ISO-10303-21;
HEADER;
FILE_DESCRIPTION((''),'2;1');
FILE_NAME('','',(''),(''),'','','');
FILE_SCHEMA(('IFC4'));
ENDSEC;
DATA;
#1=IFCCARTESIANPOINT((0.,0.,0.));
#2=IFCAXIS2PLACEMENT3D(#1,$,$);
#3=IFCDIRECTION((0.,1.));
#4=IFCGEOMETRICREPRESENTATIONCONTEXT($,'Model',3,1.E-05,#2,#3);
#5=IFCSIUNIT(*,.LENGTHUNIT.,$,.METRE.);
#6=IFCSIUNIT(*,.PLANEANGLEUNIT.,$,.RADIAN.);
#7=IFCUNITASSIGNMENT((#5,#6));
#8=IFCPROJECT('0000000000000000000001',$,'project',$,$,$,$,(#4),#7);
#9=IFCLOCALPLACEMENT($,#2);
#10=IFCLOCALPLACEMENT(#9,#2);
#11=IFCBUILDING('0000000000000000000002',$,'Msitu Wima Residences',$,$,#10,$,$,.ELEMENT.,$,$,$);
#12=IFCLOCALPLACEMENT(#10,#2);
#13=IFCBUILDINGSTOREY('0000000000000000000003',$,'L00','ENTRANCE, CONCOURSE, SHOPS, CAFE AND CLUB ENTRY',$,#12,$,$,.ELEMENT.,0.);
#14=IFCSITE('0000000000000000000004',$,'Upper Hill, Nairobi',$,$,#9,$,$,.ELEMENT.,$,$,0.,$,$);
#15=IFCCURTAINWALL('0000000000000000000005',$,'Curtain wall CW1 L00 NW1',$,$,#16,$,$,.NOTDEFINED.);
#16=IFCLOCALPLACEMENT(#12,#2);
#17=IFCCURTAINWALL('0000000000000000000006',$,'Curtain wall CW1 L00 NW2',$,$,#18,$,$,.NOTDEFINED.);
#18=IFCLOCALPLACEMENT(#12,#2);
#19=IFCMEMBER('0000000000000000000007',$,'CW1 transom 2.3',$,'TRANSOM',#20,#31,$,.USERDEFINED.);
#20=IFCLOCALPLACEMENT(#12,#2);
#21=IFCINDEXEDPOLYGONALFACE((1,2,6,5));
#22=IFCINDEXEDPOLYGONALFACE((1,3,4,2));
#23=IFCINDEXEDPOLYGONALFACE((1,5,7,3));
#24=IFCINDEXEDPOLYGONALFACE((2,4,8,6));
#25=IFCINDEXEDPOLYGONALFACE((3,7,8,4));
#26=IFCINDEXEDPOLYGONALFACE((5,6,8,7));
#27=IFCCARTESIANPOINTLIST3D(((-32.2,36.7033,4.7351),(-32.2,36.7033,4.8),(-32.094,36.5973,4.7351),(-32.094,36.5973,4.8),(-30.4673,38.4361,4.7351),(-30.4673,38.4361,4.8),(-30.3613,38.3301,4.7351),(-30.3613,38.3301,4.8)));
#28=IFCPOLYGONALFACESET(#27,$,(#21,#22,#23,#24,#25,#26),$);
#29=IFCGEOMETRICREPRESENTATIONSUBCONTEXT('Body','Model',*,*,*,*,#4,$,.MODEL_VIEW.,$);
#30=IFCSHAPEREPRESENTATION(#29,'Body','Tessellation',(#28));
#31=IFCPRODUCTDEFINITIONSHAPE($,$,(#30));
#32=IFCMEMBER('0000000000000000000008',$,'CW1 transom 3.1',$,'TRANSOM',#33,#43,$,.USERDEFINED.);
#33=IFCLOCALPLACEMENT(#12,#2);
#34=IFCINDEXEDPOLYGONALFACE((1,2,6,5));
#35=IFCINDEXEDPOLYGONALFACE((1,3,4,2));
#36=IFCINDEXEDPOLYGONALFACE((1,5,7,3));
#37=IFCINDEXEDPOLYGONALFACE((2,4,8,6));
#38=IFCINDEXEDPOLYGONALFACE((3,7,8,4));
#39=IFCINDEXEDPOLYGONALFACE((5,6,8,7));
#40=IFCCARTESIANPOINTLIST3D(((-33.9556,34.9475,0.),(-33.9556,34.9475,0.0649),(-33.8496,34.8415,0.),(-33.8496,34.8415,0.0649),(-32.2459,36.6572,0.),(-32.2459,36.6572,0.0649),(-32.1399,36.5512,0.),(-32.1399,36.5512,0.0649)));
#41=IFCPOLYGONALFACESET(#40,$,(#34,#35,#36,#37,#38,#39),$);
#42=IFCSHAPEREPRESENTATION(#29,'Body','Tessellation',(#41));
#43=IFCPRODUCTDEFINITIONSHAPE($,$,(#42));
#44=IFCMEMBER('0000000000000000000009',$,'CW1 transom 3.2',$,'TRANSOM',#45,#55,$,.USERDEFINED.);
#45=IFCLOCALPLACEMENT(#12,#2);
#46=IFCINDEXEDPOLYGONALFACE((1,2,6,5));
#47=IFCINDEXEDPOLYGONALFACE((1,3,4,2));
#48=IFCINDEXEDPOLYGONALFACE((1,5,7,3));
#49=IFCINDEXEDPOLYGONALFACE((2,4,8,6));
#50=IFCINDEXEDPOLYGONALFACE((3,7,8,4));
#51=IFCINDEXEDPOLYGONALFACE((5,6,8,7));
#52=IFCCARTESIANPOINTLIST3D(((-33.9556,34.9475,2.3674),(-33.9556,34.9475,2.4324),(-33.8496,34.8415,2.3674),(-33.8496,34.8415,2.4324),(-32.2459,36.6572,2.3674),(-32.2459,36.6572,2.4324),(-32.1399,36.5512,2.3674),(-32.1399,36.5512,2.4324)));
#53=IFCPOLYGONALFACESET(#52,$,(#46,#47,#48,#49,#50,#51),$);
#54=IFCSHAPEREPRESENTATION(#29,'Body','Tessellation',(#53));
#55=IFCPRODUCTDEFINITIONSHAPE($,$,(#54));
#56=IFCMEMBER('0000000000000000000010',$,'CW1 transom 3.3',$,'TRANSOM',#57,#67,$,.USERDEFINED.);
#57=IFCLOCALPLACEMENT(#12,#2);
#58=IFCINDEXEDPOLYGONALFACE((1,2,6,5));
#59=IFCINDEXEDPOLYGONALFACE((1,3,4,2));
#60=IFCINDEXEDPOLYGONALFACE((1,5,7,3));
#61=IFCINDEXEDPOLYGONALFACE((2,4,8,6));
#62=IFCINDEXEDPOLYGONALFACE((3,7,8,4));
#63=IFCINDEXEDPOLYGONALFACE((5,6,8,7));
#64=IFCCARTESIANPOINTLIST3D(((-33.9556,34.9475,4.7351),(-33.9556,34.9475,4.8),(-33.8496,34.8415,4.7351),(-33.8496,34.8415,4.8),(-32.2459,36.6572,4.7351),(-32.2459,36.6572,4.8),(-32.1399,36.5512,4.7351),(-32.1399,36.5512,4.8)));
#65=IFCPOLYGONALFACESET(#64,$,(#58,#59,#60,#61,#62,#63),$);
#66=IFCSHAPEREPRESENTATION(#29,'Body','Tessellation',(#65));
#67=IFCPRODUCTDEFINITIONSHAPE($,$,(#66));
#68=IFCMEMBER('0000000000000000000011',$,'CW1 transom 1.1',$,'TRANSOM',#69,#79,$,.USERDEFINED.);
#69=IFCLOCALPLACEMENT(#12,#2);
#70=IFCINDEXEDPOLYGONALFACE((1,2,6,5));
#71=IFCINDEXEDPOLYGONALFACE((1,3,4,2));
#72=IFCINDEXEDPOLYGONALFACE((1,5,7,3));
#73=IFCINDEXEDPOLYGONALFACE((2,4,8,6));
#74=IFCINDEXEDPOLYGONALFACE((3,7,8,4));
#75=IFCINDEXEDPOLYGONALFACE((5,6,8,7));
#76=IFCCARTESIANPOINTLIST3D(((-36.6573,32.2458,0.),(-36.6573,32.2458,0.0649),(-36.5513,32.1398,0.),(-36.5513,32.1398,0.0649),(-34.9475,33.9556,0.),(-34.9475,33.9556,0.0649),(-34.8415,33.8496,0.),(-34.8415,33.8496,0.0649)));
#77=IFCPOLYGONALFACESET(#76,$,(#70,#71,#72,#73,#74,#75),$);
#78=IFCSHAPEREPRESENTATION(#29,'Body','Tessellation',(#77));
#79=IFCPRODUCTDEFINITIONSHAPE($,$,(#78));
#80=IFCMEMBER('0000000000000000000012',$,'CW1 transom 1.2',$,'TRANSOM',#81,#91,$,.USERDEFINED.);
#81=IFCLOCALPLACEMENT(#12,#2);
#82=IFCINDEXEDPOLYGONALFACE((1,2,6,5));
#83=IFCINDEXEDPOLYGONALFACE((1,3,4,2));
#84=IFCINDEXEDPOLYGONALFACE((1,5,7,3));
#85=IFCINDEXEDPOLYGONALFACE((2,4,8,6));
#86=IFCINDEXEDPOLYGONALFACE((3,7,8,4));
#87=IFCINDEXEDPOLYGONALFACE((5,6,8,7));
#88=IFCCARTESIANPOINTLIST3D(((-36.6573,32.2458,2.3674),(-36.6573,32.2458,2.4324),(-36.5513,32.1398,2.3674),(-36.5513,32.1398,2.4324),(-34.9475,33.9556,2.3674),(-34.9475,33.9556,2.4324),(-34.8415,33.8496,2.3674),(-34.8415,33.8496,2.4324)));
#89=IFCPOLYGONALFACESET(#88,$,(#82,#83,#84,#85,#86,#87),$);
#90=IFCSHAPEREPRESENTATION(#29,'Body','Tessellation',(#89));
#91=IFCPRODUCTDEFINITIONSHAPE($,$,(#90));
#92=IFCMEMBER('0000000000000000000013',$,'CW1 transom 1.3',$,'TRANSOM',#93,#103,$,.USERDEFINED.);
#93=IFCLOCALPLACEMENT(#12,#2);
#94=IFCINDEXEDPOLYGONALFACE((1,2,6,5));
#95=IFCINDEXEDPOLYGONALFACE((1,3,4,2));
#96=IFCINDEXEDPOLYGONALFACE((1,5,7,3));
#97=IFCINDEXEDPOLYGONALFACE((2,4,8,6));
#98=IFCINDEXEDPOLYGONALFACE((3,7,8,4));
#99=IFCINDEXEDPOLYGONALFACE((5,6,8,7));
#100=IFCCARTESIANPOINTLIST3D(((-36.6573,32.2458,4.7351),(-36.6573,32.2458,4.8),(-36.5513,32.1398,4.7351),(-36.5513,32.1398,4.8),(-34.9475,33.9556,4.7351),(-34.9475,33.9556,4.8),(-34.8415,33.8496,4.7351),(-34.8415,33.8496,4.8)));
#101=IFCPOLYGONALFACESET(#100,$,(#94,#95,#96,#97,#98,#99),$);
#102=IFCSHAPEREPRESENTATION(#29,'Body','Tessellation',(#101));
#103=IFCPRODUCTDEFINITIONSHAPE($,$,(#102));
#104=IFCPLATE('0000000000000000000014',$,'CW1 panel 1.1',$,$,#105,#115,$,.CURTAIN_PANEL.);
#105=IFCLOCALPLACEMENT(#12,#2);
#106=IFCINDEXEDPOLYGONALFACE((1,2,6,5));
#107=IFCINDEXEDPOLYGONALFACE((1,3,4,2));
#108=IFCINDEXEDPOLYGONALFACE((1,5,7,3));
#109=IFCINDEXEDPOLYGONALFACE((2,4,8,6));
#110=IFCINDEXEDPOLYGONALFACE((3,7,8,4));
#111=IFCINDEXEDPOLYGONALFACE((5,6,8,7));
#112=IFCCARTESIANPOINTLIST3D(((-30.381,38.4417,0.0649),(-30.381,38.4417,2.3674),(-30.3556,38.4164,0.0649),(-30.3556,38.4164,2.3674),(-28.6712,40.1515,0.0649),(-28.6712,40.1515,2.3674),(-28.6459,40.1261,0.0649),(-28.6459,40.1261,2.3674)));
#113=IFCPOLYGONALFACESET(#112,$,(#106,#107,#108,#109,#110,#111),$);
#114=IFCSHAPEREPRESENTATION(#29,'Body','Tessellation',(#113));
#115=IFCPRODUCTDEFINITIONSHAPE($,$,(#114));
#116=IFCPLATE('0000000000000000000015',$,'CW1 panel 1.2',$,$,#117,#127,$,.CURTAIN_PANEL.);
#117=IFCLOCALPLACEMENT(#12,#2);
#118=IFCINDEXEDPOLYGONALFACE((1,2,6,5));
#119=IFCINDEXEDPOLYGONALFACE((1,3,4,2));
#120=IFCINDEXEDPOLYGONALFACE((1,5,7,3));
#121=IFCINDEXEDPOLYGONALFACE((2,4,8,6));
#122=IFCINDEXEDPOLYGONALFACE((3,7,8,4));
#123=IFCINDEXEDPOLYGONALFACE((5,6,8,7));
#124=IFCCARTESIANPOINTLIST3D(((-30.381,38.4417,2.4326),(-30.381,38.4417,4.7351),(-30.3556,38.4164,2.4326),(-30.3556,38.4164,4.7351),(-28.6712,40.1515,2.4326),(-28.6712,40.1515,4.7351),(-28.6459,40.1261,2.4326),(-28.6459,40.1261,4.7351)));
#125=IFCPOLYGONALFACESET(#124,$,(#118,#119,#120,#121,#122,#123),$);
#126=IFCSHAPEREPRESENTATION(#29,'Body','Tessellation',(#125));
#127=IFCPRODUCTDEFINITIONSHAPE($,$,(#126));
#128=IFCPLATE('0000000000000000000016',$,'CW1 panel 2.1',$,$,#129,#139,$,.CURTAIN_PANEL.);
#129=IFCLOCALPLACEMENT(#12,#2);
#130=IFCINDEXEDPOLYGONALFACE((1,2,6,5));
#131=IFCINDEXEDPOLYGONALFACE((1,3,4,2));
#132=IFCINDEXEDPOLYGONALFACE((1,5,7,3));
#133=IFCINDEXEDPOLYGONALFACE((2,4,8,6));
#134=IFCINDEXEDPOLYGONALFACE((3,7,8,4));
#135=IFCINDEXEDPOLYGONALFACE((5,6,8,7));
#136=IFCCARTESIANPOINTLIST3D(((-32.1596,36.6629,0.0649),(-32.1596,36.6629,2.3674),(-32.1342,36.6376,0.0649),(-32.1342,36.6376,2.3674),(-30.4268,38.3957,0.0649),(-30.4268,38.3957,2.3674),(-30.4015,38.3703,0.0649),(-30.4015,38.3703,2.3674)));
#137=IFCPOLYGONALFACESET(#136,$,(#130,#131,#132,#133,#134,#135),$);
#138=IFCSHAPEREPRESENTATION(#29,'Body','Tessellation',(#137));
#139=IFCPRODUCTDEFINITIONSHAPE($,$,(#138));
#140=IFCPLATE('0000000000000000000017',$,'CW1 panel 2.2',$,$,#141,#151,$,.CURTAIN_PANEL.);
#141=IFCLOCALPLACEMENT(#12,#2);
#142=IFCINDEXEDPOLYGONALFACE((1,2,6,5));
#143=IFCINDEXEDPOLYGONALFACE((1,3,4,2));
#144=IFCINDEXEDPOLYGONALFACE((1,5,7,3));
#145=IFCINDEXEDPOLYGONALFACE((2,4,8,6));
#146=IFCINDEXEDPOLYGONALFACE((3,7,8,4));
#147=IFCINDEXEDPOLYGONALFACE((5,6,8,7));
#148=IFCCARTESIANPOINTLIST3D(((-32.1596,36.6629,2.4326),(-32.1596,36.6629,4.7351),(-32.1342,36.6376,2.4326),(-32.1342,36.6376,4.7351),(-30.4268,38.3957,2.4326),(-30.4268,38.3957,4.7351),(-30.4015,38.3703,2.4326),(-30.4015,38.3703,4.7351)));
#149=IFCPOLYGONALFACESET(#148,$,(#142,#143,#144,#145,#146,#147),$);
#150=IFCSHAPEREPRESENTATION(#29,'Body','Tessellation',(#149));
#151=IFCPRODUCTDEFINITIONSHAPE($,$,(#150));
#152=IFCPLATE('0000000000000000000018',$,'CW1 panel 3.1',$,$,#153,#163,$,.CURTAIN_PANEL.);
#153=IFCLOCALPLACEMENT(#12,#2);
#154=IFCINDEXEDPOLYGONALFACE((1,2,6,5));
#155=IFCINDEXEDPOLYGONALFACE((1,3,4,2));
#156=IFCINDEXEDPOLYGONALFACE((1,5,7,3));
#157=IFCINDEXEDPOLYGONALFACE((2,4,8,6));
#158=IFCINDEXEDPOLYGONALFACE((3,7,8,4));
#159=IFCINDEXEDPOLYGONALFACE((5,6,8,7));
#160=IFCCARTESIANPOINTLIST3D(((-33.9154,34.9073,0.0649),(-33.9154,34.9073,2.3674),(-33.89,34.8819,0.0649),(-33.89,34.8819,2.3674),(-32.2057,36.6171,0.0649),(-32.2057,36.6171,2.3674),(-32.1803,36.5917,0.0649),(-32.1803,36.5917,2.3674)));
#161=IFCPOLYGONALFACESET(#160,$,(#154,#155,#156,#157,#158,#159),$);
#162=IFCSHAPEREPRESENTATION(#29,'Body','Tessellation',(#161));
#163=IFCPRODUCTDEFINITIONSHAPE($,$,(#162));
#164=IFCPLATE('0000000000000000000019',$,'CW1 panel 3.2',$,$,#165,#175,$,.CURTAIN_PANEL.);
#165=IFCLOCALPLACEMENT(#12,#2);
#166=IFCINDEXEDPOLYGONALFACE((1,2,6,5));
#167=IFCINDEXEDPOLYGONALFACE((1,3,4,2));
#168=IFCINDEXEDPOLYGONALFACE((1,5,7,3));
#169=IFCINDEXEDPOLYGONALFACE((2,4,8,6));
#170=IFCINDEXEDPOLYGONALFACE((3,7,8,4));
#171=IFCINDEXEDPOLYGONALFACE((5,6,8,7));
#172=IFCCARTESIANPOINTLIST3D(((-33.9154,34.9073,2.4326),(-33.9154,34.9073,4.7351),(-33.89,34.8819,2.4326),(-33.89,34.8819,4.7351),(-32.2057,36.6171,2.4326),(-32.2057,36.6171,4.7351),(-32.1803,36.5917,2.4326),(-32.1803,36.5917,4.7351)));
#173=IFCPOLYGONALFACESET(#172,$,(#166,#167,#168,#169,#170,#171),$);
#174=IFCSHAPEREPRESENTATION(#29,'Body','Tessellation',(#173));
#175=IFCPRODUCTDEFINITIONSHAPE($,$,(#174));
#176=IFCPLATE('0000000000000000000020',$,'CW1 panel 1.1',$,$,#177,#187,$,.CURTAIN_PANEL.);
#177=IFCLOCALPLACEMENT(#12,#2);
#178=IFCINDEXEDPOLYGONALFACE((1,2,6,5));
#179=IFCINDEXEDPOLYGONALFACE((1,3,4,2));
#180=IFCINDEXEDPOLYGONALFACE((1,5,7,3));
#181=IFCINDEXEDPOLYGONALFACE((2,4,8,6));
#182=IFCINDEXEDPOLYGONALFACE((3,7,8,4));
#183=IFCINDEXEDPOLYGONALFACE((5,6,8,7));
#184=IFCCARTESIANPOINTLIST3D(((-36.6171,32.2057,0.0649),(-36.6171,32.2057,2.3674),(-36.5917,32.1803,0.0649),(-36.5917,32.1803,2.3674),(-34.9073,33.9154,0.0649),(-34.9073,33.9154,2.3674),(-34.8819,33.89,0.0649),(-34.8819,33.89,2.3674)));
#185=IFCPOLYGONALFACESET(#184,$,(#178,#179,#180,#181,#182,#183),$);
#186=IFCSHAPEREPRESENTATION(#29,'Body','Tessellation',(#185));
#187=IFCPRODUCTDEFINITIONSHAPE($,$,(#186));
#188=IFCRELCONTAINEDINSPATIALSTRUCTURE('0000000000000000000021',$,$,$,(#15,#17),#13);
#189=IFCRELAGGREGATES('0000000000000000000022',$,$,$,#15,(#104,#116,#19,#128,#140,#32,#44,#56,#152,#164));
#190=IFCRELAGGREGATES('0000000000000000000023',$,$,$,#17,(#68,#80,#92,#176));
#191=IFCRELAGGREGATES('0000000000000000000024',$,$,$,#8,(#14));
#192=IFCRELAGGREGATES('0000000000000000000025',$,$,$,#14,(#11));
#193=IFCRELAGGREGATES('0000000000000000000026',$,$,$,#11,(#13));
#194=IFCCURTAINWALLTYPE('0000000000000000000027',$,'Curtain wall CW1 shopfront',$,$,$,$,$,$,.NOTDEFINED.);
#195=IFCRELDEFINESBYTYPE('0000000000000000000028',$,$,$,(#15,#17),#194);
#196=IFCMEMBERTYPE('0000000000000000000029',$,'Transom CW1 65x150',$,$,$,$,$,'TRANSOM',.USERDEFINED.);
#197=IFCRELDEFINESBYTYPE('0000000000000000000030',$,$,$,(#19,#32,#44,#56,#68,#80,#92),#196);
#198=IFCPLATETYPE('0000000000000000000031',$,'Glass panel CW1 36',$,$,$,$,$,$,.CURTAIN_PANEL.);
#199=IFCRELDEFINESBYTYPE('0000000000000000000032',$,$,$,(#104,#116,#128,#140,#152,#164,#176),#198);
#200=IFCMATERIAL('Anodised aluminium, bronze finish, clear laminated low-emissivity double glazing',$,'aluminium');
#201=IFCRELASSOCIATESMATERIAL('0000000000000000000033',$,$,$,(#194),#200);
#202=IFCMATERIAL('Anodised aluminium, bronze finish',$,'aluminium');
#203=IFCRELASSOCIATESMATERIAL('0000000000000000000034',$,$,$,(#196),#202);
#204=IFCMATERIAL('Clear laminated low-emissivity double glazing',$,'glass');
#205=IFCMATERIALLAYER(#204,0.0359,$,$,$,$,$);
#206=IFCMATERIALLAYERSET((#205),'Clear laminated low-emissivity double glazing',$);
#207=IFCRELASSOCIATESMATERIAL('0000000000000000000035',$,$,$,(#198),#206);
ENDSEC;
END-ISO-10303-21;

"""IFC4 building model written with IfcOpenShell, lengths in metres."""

from ifc_helpers import new_model, si_unit, direction, frame, origin, origin_2d, place, context, subcontext, project, spatial, rectangle, extrude, material, layer, layer_set, material_profile, profile_set, type_object, element, aggregate, save


model = new_model("IFC4")

# Units and contexts
model_context = context("Model", 3, precision=1e-05, world=origin(), true_north=direction((0.0, 1.0)))
body_context = subcontext(model_context, "Body", "Model", "MODEL_VIEW")
ifc_project = project(units=[si_unit("LENGTHUNIT", "METRE"), si_unit("PLANEANGLEUNIT", "RADIAN")], contexts=[model_context])

# Site, building, storey
site_placement = place(None, origin())
site = spatial("IfcSite", under=ifc_project, at=site_placement, Name="Upper Hill, Nairobi", CompositionType="ELEMENT", RefElevation=0.0)
building_placement = place(site_placement, origin())
building = spatial("IfcBuilding", under=site, at=building_placement, Name="Msitu Wima Residences", CompositionType="ELEMENT")
storey_placement = place(building_placement, origin())
storey = spatial("IfcBuildingStorey", under=building, at=storey_placement, Name="L00", Description="ENTRANCE, CONCOURSE, SHOPS, CAFE AND CLUB ENTRY", CompositionType="ELEMENT", Elevation=0.0)

# Curtain walls
ifc_material_1 = material(Name="Anodised aluminium, bronze finish, clear laminated low-emissivity double glazing", Category="aluminium")
curtain_wall_type = type_object("IfcCurtainWallType", Name="Curtain wall CW1 shopfront", PredefinedType="NOTDEFINED", material=ifc_material_1)
curtain_wall_1_placement = place(storey_placement, origin())
curtain_wall_1 = element("IfcCurtainWall", 1, at=curtain_wall_1_placement, inside=storey, type_object=curtain_wall_type, Name="Curtain wall CW1 L00 NW1", PredefinedType="NOTDEFINED")
ifc_material_2 = material(Name="Anodised aluminium, bronze finish", Category="aluminium")
curtain_wall_2_placement = place(storey_placement, origin())
curtain_wall_2 = element("IfcCurtainWall", 2, at=curtain_wall_2_placement, inside=storey, type_object=curtain_wall_type, Name="Curtain wall CW1 L00 NW2", PredefinedType="NOTDEFINED")

# Members
ifc_material_profile_1 = material_profile(ifc_material_2, rectangle(XDim=0.1499, YDim=0.0649, at=origin_2d()), Name="Transom 65x150")
ifc_profile_set_1 = profile_set([ifc_material_profile_1], Name="Anodised aluminium, bronze finish")
member_type_1 = type_object("IfcMemberType", Name="Transom CW1 65x150", ElementType="TRANSOM", PredefinedType="USERDEFINED", material=ifc_profile_set_1)
member_1_placement = place(storey_placement, frame((-30.4143, 38.3831, 4.7676), z_axis=(-0.707107, -0.707107, 0.0), x_axis=(0.707107, -0.707107, 0.0)))
member_1 = element("IfcMember", 3, at=member_1_placement, type_object=member_type_1, Name="CW1 transom 2.3", ObjectType="TRANSOM", PredefinedType="USERDEFINED", context=body_context, shape_type="SweptSolid", body=[
    extrude(rectangle(XDim=0.1499, YDim=0.0649, at=origin_2d()), origin(), (0.0, 0.0, 1.0), 2.4504),
])
member_2_placement = place(storey_placement, frame((-32.1929, 36.6042, 0.0325), z_axis=(-0.707107, -0.707107, 0.0), x_axis=(0.707107, -0.707107, 0.0)))
member_2 = element("IfcMember", 4, at=member_2_placement, type_object=member_type_1, Name="CW1 transom 3.1", ObjectType="TRANSOM", PredefinedType="USERDEFINED", context=body_context, shape_type="SweptSolid", body=[
    extrude(rectangle(XDim=0.1499, YDim=0.0649, at=origin_2d()), origin(), (0.0, 0.0, 1.0), 2.418),
])
member_3_placement = place(storey_placement, frame((-32.1929, 36.6042, 2.3999), z_axis=(-0.707107, -0.707107, 0.0), x_axis=(0.707107, -0.707107, 0.0)))
member_3 = element("IfcMember", 5, at=member_3_placement, type_object=member_type_1, Name="CW1 transom 3.2", ObjectType="TRANSOM", PredefinedType="USERDEFINED", context=body_context, shape_type="SweptSolid", body=[
    extrude(rectangle(XDim=0.1499, YDim=0.0649, at=origin_2d()), origin(), (0.0, 0.0, 1.0), 2.418),
])
member_4_placement = place(storey_placement, frame((-32.1929, 36.6042, 4.7676), z_axis=(-0.707107, -0.707107, 0.0), x_axis=(0.707107, -0.707107, 0.0)))
member_4 = element("IfcMember", 6, at=member_4_placement, type_object=member_type_1, Name="CW1 transom 3.3", ObjectType="TRANSOM", PredefinedType="USERDEFINED", context=body_context, shape_type="SweptSolid", body=[
    extrude(rectangle(XDim=0.1499, YDim=0.0649, at=origin_2d()), origin(), (0.0, 0.0, 1.0), 2.418),
])
member_5_placement = place(storey_placement, frame((-34.8945, 33.9026, 0.0325), z_axis=(-0.707107, -0.707107, 0.0), x_axis=(0.707107, -0.707107, 0.0)))
member_5 = element("IfcMember", 7, at=member_5_placement, type_object=member_type_1, Name="CW1 transom 1.1", ObjectType="TRANSOM", PredefinedType="USERDEFINED", context=body_context, shape_type="SweptSolid", body=[
    extrude(rectangle(XDim=0.1499, YDim=0.0649, at=origin_2d()), origin(), (0.0, 0.0, 1.0), 2.418),
])
member_6_placement = place(storey_placement, frame((-34.8945, 33.9026, 2.3999), z_axis=(-0.707107, -0.707107, 0.0), x_axis=(0.707107, -0.707107, 0.0)))
member_6 = element("IfcMember", 8, at=member_6_placement, type_object=member_type_1, Name="CW1 transom 1.2", ObjectType="TRANSOM", PredefinedType="USERDEFINED", context=body_context, shape_type="SweptSolid", body=[
    extrude(rectangle(XDim=0.1499, YDim=0.0649, at=origin_2d()), origin(), (0.0, 0.0, 1.0), 2.418),
])
member_7_placement = place(storey_placement, frame((-34.8945, 33.9026, 4.7676), z_axis=(-0.707107, -0.707107, 0.0), x_axis=(0.707107, -0.707107, 0.0)))
member_7 = element("IfcMember", 9, at=member_7_placement, type_object=member_type_1, Name="CW1 transom 1.3", ObjectType="TRANSOM", PredefinedType="USERDEFINED", context=body_context, shape_type="SweptSolid", body=[
    extrude(rectangle(XDim=0.1499, YDim=0.0649, at=origin_2d()), origin(), (0.0, 0.0, 1.0), 2.418),
])

# Plates
ifc_material_3 = material(Name="Clear laminated low-emissivity double glazing", Category="glass")
ifc_layer = layer(ifc_material_3, 0.0359)
ifc_layer_set = layer_set([ifc_layer], Name="Clear laminated low-emissivity double glazing")
plate_type = type_object("IfcPlateType", Name="Glass panel CW1 36", PredefinedType="CURTAIN_PANEL", material=ifc_layer_set)
plate_1_placement = place(storey_placement, frame((-29.5134, 39.2839, 0.0649), z_axis=(0.0, 0.0, 1.0), x_axis=(-0.707107, -0.707107, 0.0)))
plate_1 = element("IfcPlate", 10, at=plate_1_placement, type_object=plate_type, Name="CW1 panel 1.1", PredefinedType="CURTAIN_PANEL", context=body_context, shape_type="SweptSolid", body=[
    extrude(rectangle(XDim=2.418, YDim=0.0359, at=origin_2d()), origin(), (0.0, 0.0, 1.0), 2.3025),
])
plate_2_placement = place(storey_placement, frame((-29.5134, 39.2839, 2.4326), z_axis=(0.0, 0.0, 1.0), x_axis=(-0.707107, -0.707107, 0.0)))
plate_2 = element("IfcPlate", 11, at=plate_2_placement, type_object=plate_type, Name="CW1 panel 1.2", PredefinedType="CURTAIN_PANEL", context=body_context, shape_type="SweptSolid", body=[
    extrude(rectangle(XDim=2.418, YDim=0.0359, at=origin_2d()), origin(), (0.0, 0.0, 1.0), 2.3025),
])
plate_3_placement = place(storey_placement, frame((-31.2805, 37.5166, 0.0649), z_axis=(0.0, 0.0, 1.0), x_axis=(-0.707107, -0.707107, 0.0)))
plate_3 = element("IfcPlate", 12, at=plate_3_placement, type_object=plate_type, Name="CW1 panel 2.1", PredefinedType="CURTAIN_PANEL", context=body_context, shape_type="SweptSolid", body=[
    extrude(rectangle(XDim=2.4504, YDim=0.0359, at=origin_2d()), origin(), (0.0, 0.0, 1.0), 2.3025),
])
plate_4_placement = place(storey_placement, frame((-31.2805, 37.5166, 2.4326), z_axis=(0.0, 0.0, 1.0), x_axis=(-0.707107, -0.707107, 0.0)))
plate_4 = element("IfcPlate", 13, at=plate_4_placement, type_object=plate_type, Name="CW1 panel 2.2", PredefinedType="CURTAIN_PANEL", context=body_context, shape_type="SweptSolid", body=[
    extrude(rectangle(XDim=2.4504, YDim=0.0359, at=origin_2d()), origin(), (0.0, 0.0, 1.0), 2.3025),
])
plate_5_placement = place(storey_placement, frame((-33.0479, 35.7495, 0.0649), z_axis=(0.0, 0.0, 1.0), x_axis=(-0.707107, -0.707107, 0.0)))
plate_5 = element("IfcPlate", 14, at=plate_5_placement, type_object=plate_type, Name="CW1 panel 3.1", PredefinedType="CURTAIN_PANEL", context=body_context, shape_type="SweptSolid", body=[
    extrude(rectangle(XDim=2.418, YDim=0.0359, at=origin_2d()), origin(), (0.0, 0.0, 1.0), 2.3025),
])
plate_6_placement = place(storey_placement, frame((-33.0479, 35.7495, 2.4326), z_axis=(0.0, 0.0, 1.0), x_axis=(-0.707107, -0.707107, 0.0)))
plate_6 = element("IfcPlate", 15, at=plate_6_placement, type_object=plate_type, Name="CW1 panel 3.2", PredefinedType="CURTAIN_PANEL", context=body_context, shape_type="SweptSolid", body=[
    extrude(rectangle(XDim=2.418, YDim=0.0359, at=origin_2d()), origin(), (0.0, 0.0, 1.0), 2.3025),
])
aggregate(curtain_wall_1, [plate_1, plate_2, member_1, plate_3, plate_4, member_2, member_3, member_4, plate_5, plate_6])
plate_7_placement = place(storey_placement, frame((-35.7495, 33.0479, 0.0649), z_axis=(0.0, 0.0, 1.0), x_axis=(-0.707107, -0.707107, 0.0)))
plate_7 = element("IfcPlate", 16, at=plate_7_placement, type_object=plate_type, Name="CW1 panel 1.1", PredefinedType="CURTAIN_PANEL", context=body_context, shape_type="SweptSolid", body=[
    extrude(rectangle(XDim=2.418, YDim=0.0359, at=origin_2d()), origin(), (0.0, 0.0, 1.0), 2.3025),
])
aggregate(curtain_wall_2, [member_5, member_6, member_7, plate_7])

save(model, "model.ifc")
